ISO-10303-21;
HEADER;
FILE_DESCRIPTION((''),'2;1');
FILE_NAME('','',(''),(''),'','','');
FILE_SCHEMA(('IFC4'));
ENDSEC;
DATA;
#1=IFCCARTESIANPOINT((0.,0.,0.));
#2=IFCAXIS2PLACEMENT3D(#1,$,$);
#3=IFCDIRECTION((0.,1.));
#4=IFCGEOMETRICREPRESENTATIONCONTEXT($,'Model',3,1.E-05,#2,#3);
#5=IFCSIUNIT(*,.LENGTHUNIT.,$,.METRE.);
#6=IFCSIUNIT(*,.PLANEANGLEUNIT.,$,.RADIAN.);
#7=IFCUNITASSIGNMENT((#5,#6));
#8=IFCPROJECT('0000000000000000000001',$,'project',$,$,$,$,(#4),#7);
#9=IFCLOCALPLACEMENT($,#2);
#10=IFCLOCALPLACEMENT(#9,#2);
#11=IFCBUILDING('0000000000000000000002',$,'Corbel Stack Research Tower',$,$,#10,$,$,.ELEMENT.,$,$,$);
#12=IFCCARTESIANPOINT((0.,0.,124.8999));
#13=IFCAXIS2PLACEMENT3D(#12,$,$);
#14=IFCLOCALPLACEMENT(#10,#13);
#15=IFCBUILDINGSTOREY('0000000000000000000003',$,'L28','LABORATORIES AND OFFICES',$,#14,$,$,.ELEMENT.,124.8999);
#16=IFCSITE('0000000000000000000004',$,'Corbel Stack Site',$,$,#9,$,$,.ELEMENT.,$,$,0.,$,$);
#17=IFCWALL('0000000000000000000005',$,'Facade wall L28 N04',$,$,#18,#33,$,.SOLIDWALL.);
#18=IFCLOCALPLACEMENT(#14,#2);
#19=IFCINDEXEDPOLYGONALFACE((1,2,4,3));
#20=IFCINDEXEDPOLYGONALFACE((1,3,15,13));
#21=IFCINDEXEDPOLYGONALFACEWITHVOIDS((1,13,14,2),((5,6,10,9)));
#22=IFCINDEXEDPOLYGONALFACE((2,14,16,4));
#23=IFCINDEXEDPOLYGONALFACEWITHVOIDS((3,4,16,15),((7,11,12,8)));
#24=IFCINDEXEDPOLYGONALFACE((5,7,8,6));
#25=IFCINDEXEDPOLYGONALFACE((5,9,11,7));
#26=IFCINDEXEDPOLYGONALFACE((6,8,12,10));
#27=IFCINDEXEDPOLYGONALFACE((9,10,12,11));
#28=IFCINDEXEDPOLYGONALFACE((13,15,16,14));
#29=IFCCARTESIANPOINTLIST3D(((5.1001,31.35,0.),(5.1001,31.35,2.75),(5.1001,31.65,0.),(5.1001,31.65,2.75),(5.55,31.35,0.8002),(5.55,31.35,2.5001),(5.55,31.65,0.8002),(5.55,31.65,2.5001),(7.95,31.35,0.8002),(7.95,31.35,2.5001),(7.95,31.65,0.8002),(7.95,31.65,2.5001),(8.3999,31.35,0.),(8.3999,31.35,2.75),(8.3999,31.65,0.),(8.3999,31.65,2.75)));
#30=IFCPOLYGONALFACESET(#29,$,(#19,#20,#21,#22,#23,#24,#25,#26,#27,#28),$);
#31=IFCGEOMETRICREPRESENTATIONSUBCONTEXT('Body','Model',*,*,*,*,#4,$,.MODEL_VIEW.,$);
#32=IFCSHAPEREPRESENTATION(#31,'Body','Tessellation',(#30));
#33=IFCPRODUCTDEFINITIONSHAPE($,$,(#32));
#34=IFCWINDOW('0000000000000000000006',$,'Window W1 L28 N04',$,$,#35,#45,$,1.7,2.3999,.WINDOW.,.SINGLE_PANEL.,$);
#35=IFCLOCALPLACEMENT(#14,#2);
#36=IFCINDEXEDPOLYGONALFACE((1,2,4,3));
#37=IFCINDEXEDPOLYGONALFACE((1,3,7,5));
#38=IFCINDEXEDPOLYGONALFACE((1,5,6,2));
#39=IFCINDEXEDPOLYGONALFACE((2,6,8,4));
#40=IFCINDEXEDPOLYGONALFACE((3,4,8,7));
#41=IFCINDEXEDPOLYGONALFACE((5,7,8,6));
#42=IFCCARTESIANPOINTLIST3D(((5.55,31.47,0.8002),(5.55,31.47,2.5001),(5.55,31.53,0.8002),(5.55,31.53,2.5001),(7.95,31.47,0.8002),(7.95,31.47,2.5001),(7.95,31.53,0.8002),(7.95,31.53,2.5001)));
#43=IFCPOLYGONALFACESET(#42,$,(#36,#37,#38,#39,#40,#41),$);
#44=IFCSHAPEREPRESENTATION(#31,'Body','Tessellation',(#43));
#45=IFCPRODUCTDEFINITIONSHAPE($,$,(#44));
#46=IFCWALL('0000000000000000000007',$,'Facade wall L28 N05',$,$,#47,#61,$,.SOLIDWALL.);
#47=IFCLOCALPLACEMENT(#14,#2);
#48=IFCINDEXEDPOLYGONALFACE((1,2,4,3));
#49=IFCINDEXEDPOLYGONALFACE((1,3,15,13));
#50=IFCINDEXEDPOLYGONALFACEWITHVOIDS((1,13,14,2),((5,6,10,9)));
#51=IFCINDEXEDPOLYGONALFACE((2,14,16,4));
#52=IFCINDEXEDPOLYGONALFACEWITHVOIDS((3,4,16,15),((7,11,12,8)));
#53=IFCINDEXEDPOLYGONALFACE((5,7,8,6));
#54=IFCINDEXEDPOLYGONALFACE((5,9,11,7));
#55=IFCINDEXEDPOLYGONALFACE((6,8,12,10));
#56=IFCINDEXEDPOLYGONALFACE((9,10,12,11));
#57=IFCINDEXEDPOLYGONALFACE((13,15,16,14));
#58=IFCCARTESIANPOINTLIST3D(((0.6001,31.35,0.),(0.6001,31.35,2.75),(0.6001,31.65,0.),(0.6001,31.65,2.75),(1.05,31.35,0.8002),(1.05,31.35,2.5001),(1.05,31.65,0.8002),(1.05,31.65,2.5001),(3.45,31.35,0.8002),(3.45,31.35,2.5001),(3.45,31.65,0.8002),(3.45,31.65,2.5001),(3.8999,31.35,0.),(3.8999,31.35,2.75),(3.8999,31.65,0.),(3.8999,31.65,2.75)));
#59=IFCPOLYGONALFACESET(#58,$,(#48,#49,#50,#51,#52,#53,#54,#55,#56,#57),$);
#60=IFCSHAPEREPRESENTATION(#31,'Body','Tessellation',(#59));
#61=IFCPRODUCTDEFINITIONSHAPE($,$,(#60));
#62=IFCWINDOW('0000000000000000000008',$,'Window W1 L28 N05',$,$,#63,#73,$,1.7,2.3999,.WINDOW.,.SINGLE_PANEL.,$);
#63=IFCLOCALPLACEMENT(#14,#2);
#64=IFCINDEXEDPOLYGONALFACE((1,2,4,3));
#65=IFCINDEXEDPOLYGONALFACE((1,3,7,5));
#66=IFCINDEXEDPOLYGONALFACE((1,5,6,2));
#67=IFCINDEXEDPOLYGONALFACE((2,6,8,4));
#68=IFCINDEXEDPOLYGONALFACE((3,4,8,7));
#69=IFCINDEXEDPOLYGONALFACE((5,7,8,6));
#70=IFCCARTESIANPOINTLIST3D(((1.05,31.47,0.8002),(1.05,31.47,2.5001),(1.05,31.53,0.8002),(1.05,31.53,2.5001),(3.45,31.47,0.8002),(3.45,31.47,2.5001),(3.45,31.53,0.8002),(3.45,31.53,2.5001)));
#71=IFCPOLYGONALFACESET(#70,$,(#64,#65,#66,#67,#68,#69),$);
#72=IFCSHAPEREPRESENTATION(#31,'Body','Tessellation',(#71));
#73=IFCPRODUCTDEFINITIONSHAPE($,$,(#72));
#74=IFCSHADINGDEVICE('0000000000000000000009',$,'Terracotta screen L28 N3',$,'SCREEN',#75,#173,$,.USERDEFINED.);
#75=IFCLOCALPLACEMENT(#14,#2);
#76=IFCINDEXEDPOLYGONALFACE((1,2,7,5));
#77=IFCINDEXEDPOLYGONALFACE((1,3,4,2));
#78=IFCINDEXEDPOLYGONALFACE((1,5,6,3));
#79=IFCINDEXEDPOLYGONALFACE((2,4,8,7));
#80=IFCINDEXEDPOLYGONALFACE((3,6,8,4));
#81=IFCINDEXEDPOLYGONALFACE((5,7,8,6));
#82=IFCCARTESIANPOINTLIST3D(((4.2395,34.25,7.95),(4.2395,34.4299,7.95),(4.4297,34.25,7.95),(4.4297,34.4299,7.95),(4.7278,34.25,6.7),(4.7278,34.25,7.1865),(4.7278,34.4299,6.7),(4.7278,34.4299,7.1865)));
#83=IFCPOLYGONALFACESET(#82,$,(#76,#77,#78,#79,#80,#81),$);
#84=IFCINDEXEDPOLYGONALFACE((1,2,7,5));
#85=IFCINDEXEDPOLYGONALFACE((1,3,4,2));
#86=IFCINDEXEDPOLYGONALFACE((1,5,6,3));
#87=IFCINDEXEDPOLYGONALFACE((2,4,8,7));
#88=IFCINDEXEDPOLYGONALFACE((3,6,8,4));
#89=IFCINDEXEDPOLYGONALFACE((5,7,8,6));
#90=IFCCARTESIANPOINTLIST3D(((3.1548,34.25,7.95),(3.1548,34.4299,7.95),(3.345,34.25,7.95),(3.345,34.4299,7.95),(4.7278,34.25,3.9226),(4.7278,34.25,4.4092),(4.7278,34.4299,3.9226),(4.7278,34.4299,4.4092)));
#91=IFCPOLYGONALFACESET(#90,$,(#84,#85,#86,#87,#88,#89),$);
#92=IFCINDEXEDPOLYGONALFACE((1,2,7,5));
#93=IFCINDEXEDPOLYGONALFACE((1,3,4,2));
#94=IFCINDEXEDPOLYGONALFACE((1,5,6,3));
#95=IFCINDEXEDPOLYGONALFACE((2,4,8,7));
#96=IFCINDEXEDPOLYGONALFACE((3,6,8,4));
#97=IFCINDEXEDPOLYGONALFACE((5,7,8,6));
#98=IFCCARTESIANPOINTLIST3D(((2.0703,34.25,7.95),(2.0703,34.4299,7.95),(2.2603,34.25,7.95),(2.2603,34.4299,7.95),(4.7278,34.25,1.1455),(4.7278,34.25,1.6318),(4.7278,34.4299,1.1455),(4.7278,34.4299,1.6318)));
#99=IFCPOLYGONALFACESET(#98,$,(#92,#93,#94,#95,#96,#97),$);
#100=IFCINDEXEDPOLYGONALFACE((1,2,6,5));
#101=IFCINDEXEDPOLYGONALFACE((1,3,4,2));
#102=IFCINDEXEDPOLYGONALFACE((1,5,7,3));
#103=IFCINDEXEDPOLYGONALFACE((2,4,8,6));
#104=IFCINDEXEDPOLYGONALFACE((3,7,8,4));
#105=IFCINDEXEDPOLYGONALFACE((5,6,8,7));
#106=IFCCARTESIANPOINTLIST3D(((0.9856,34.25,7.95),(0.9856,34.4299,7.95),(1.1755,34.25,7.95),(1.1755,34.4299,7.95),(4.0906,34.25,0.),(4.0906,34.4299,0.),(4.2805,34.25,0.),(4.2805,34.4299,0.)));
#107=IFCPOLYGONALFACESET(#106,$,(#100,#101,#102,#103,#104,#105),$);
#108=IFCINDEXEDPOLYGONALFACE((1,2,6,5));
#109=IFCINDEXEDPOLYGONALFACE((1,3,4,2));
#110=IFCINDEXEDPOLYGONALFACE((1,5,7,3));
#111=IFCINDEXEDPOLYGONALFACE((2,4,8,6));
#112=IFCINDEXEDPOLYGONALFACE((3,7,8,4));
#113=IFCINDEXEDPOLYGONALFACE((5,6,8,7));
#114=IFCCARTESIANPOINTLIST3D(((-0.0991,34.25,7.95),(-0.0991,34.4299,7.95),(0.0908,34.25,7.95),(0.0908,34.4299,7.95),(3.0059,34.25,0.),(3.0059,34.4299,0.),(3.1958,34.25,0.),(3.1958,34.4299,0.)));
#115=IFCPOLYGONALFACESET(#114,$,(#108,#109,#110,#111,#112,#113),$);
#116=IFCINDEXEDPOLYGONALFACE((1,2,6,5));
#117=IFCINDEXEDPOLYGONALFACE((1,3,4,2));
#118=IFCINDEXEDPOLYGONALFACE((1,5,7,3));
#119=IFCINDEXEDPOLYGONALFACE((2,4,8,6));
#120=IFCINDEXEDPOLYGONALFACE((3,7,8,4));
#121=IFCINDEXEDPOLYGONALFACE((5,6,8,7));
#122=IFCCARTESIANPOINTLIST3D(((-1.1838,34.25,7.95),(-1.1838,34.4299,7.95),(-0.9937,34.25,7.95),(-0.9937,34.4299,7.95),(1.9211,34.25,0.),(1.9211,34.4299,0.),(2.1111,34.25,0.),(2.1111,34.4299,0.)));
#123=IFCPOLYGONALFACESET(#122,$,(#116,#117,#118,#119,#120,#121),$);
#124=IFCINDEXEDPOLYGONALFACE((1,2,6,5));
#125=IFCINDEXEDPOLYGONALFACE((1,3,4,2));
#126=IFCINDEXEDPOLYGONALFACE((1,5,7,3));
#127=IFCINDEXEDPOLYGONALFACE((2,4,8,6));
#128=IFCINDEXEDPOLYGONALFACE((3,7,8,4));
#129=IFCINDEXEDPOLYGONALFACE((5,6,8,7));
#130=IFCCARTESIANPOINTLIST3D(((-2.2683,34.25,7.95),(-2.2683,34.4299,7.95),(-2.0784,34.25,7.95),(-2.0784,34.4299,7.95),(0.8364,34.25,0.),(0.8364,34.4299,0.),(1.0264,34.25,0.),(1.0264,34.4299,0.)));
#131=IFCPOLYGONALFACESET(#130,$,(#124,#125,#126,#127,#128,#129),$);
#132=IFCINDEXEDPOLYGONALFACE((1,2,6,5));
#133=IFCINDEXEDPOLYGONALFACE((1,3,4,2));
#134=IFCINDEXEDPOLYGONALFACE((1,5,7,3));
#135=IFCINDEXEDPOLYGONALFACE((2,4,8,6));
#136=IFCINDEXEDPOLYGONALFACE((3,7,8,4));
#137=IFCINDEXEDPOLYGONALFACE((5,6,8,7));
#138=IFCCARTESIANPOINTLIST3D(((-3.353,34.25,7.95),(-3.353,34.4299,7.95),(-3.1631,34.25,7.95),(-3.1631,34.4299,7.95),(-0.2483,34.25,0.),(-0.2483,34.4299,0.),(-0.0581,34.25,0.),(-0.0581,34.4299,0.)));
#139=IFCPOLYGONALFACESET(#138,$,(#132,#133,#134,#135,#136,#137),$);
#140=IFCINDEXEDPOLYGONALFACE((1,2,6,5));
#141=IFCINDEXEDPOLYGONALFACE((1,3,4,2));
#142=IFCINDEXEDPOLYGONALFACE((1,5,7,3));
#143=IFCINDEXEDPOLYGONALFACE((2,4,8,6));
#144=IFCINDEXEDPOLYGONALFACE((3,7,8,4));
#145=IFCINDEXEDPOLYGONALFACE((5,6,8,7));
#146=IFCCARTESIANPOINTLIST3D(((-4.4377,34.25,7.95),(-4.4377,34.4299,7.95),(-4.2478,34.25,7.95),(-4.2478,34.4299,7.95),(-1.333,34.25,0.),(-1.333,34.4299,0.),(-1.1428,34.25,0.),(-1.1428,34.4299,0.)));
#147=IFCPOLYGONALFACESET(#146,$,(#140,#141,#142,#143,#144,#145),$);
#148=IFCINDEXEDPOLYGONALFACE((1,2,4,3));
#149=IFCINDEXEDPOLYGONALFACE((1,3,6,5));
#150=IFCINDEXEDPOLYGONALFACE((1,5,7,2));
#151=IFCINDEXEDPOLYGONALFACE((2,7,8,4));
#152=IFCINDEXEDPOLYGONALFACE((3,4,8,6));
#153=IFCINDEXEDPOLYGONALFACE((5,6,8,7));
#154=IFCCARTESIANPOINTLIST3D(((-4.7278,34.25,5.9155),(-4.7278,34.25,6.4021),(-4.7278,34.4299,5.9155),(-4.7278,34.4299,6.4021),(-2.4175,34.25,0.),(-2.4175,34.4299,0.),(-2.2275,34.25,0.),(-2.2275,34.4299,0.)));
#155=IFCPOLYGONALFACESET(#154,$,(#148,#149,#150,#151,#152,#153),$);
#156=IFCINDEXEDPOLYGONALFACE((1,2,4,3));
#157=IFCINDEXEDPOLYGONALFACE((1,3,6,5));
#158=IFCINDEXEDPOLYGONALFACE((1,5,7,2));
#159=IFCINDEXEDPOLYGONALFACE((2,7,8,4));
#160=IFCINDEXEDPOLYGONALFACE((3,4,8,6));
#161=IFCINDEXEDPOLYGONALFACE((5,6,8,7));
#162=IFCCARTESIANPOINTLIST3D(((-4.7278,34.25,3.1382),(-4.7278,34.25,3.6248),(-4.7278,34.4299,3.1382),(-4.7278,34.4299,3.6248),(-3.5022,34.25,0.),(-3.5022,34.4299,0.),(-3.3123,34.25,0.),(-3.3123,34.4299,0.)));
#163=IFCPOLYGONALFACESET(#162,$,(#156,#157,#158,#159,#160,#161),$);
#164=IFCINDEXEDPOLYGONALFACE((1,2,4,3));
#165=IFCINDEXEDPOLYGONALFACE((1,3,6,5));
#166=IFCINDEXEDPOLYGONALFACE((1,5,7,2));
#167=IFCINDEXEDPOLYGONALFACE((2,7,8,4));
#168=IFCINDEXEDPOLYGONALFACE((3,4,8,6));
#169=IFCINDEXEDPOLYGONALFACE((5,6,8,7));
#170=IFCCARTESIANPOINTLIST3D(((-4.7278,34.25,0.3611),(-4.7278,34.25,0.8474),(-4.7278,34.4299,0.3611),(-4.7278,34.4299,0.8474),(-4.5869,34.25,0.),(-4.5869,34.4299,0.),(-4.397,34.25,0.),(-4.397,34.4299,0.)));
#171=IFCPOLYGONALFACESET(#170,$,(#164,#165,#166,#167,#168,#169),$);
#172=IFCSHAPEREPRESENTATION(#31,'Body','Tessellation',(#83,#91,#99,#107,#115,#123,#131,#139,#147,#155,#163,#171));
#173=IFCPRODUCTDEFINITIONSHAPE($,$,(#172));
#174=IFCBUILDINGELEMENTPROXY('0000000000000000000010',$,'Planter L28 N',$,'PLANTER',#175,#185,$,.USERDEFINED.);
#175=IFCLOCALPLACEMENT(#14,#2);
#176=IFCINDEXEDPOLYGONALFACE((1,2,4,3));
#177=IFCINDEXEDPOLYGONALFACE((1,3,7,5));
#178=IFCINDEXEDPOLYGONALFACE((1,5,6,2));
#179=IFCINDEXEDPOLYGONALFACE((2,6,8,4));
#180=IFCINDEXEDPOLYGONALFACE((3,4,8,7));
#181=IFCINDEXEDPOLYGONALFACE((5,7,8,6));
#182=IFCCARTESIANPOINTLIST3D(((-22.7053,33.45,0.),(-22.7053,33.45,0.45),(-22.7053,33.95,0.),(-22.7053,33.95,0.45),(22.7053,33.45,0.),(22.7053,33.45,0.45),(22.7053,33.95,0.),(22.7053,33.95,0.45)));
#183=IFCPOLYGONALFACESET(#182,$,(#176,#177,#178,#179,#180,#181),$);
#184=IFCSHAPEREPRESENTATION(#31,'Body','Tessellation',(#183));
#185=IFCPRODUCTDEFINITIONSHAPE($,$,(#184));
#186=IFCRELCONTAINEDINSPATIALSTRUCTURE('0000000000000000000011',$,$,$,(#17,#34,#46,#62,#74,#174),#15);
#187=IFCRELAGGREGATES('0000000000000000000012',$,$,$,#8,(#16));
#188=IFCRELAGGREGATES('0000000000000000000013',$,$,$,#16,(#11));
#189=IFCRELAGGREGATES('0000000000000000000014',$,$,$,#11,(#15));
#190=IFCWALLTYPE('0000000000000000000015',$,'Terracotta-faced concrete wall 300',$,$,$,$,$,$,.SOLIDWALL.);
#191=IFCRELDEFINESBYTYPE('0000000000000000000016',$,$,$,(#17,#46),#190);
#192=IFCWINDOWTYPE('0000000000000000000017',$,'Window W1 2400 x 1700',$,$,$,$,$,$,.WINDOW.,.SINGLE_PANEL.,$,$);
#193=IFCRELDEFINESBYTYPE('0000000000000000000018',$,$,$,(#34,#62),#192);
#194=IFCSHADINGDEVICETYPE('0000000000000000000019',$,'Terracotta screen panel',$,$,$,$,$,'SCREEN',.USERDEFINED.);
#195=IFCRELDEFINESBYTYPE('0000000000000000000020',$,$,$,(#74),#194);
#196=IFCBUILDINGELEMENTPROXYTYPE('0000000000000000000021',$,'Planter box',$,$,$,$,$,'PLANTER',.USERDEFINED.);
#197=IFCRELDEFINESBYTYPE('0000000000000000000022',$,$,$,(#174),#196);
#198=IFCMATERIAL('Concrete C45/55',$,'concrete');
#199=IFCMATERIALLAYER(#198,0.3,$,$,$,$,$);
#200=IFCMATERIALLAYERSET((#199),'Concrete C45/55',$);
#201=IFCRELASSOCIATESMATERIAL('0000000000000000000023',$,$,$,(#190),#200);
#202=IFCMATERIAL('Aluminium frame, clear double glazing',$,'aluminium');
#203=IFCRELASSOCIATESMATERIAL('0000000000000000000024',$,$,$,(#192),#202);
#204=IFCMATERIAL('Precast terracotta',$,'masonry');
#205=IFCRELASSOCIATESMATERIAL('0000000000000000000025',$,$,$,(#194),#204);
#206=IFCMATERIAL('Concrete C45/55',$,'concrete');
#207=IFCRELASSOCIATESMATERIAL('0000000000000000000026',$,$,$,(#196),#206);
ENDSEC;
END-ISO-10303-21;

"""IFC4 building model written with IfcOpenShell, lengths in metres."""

from ifc_helpers import new_model, si_unit, direction, frame, frame_2d, origin, origin_2d, place, context, subcontext, project, spatial, polyline, rectangle, outline, extrude, source, transform, mapped, material, layer, layer_set, type_object, element, fill, save


model = new_model("IFC4")

# Units and contexts
model_context = context("Model", 3, precision=1e-05, world=origin(), true_north=direction((0.0, 1.0)))
body_context = subcontext(model_context, "Body", "Model", "MODEL_VIEW")
ifc_project = project(units=[si_unit("LENGTHUNIT", "METRE"), si_unit("PLANEANGLEUNIT", "RADIAN")], contexts=[model_context])

# Site, building, storey
site_placement = place(None, origin())
site = spatial("IfcSite", under=ifc_project, at=site_placement, Name="Corbel Stack Site", CompositionType="ELEMENT", RefElevation=0.0)
building_placement = place(site_placement, origin())
building = spatial("IfcBuilding", under=site, at=building_placement, Name="Corbel Stack Research Tower", CompositionType="ELEMENT")
storey_placement = place(building_placement, frame((0.0, 0.0, 124.8999)))
storey = spatial("IfcBuildingStorey", under=building, at=storey_placement, Name="L28", Description="LABORATORIES AND OFFICES", CompositionType="ELEMENT", Elevation=124.8999)

# Walls, openings, windows
ifc_material_1 = material(Name="Concrete C45/55", Category="concrete")
ifc_layer_1 = layer(ifc_material_1, 0.3)
ifc_layer_set_1 = layer_set([ifc_layer_1], Name="Concrete C45/55")
wall_type_1 = type_object("IfcWallType", Name="Terracotta-faced concrete wall 300", PredefinedType="SOLIDWALL", material=ifc_layer_set_1)
wall_1_placement = place(storey_placement, frame((5.1001, 31.5, 0.0), z_axis=(0.0, 0.0, 1.0), x_axis=(1.0, 0.0, 0.0)))
wall_1 = element("IfcWall", 1, at=wall_1_placement, inside=storey, type_object=wall_type_1, Name="Facade wall L28 N04", PredefinedType="SOLIDWALL", context=body_context, shape_type="SweptSolid", body=[
    extrude(rectangle(XDim=3.2998, YDim=0.3, at=frame_2d((1.6499, 0.0))), origin(), (0.0, 0.0, 1.0), 2.75),
])
opening_1_placement = place(wall_1_placement, frame((0.45, 0.0, 0.8)))
opening_1 = element("IfcOpeningElement", 2, at=opening_1_placement, cuts=wall_1, PredefinedType="OPENING", context=body_context, shape_type="SweptSolid", body=[
    extrude(rectangle(XDim=2.3999, YDim=1.7, at=frame_2d((1.2, 0.8501))), frame((0.0, 0.1599, 0.0), z_axis=(0.0, -1.0, 0.0), x_axis=(1.0, 0.0, 0.0)), (0.0, 0.0, 1.0), 0.3201),
])
ifc_material_2 = material(Name="Aluminium frame, clear double glazing", Category="aluminium")
window_type = type_object("IfcWindowType", Name="Window W1 2400 x 1700", PartitioningType="SINGLE_PANEL", PredefinedType="WINDOW", material=ifc_material_2)
window_1_placement = place(opening_1_placement, origin())
window_1 = element("IfcWindow", 3, at=window_1_placement, inside=storey, type_object=window_type, Name="Window W1 L28 N04", OverallHeight=1.7, OverallWidth=2.3999, PartitioningType="SINGLE_PANEL", PredefinedType="WINDOW", context=body_context, shape_type="SweptSolid", body=[
    extrude(rectangle(XDim=2.3999, YDim=1.7, at=frame_2d((1.2, 0.8501))), frame((0.0, 0.03, 0.0), z_axis=(0.0, -1.0, 0.0), x_axis=(1.0, 0.0, 0.0)), (0.0, 0.0, 1.0), 0.0601),
])
fill(opening_1, window_1)
wall_2_placement = place(storey_placement, frame((0.6001, 31.5, 0.0), z_axis=(0.0, 0.0, 1.0), x_axis=(1.0, 0.0, 0.0)))
wall_2 = element("IfcWall", 4, at=wall_2_placement, inside=storey, type_object=wall_type_1, Name="Facade wall L28 N05", PredefinedType="SOLIDWALL", context=body_context, shape_type="SweptSolid", body=[
    extrude(rectangle(XDim=3.2998, YDim=0.3, at=frame_2d((1.6499, 0.0))), origin(), (0.0, 0.0, 1.0), 2.75),
])
opening_2_placement = place(wall_2_placement, frame((0.45, 0.0, 0.8)))
opening_2 = element("IfcOpeningElement", 5, at=opening_2_placement, cuts=wall_2, PredefinedType="OPENING", context=body_context, shape_type="SweptSolid", body=[
    extrude(rectangle(XDim=2.3999, YDim=1.7, at=frame_2d((1.2, 0.8501))), frame((0.0, 0.1599, 0.0), z_axis=(0.0, -1.0, 0.0), x_axis=(1.0, 0.0, 0.0)), (0.0, 0.0, 1.0), 0.3201),
])
window_2_placement = place(opening_2_placement, origin())
window_2 = element("IfcWindow", 6, at=window_2_placement, inside=storey, type_object=window_type, Name="Window W1 L28 N05", OverallHeight=1.7, OverallWidth=2.3999, PartitioningType="SINGLE_PANEL", PredefinedType="WINDOW", context=body_context, shape_type="SweptSolid", body=[
    extrude(rectangle(XDim=2.3999, YDim=1.7, at=frame_2d((1.2, 0.8501))), frame((0.0, 0.03, 0.0), z_axis=(0.0, -1.0, 0.0), x_axis=(1.0, 0.0, 0.0)), (0.0, 0.0, 1.0), 0.0601),
])
fill(opening_2, window_2)

# Shading device
ifc_material_3 = material(Name="Precast terracotta", Category="masonry")
shading_device_type = type_object("IfcShadingDeviceType", Name="Terracotta screen panel", ElementType="SCREEN", PredefinedType="USERDEFINED", material=ifc_material_3)
shared_shape = source(origin(), body_context, "Body", "SweptSolid", [
    extrude(outline(polyline([(0.4883, 7.95), (0.2981, 7.95), (0.0, 7.1865), (0.0, 6.7), (0.4883, 7.95)])), frame((0.0, 0.0, 0.0), z_axis=(0.0, -1.0, 0.0), x_axis=(1.0, 0.0, 0.0)), (0.0, 0.0, 1.0), 0.1799),
    extrude(outline(polyline([(1.573, 7.95), (1.3828, 7.95), (0.0, 4.4092), (0.0, 3.9226), (1.573, 7.95)])), frame((0.0, 0.0, 0.0), z_axis=(0.0, -1.0, 0.0), x_axis=(1.0, 0.0, 0.0)), (0.0, 0.0, 1.0), 0.1799),
    extrude(outline(polyline([(2.6575, 7.95), (2.4675, 7.95), (0.0, 1.6318), (0.0, 1.1455), (2.6575, 7.95)])), frame((0.0, 0.0, 0.0), z_axis=(0.0, -1.0, 0.0), x_axis=(1.0, 0.0, 0.0)), (0.0, 0.0, 1.0), 0.1799),
    extrude(outline(polyline([(0.6372, 0.0), (3.7422, 7.95), (3.5522, 7.95), (0.4473, 0.0), (0.6372, 0.0)])), frame((0.0, 0.0, 0.0), z_axis=(0.0, -1.0, 0.0), x_axis=(1.0, 0.0, 0.0)), (0.0, 0.0, 1.0), 0.1799),
    extrude(outline(polyline([(1.7219, 0.0), (4.8269, 7.95), (4.637, 7.95), (1.532, 0.0), (1.7219, 0.0)])), frame((0.0, 0.0, 0.0), z_axis=(0.0, -1.0, 0.0), x_axis=(1.0, 0.0, 0.0)), (0.0, 0.0, 1.0), 0.1799),
    extrude(outline(polyline([(2.8066, 0.0), (5.9116, 7.95), (5.7214, 7.95), (2.6167, 0.0), (2.8066, 0.0)])), frame((0.0, 0.0, 0.0), z_axis=(0.0, -1.0, 0.0), x_axis=(1.0, 0.0, 0.0)), (0.0, 0.0, 1.0), 0.1799),
    extrude(outline(polyline([(3.8914, 0.0), (6.9961, 7.95), (6.8062, 7.95), (3.7014, 0.0), (3.8914, 0.0)])), frame((0.0, 0.0, 0.0), z_axis=(0.0, -1.0, 0.0), x_axis=(1.0, 0.0, 0.0)), (0.0, 0.0, 1.0), 0.1799),
    extrude(outline(polyline([(4.9761, 0.0), (8.0808, 7.95), (7.8909, 7.95), (4.7859, 0.0), (4.9761, 0.0)])), frame((0.0, 0.0, 0.0), z_axis=(0.0, -1.0, 0.0), x_axis=(1.0, 0.0, 0.0)), (0.0, 0.0, 1.0), 0.1799),
    extrude(outline(polyline([(6.0608, 0.0), (9.1655, 7.95), (8.9756, 7.95), (5.8706, 0.0), (6.0608, 0.0)])), frame((0.0, 0.0, 0.0), z_axis=(0.0, -1.0, 0.0), x_axis=(1.0, 0.0, 0.0)), (0.0, 0.0, 1.0), 0.1799),
    extrude(outline(polyline([(7.1453, 0.0), (9.4556, 5.9155), (9.4556, 6.4021), (6.9553, 0.0), (7.1453, 0.0)])), frame((0.0, 0.0, 0.0), z_axis=(0.0, -1.0, 0.0), x_axis=(1.0, 0.0, 0.0)), (0.0, 0.0, 1.0), 0.1799),
    extrude(outline(polyline([(8.23, 0.0), (9.4556, 3.1382), (9.4556, 3.6248), (8.04, 0.0), (8.23, 0.0)])), frame((0.0, 0.0, 0.0), z_axis=(0.0, -1.0, 0.0), x_axis=(1.0, 0.0, 0.0)), (0.0, 0.0, 1.0), 0.1799),
    extrude(outline(polyline([(9.3147, 0.0), (9.4556, 0.3611), (9.4556, 0.8474), (9.1248, 0.0), (9.3147, 0.0)])), frame((0.0, 0.0, 0.0), z_axis=(0.0, -1.0, 0.0), x_axis=(1.0, 0.0, 0.0)), (0.0, 0.0, 1.0), 0.1799),
])
shading_device_placement = place(storey_placement, frame((4.7278, 34.25, 0.0), z_axis=(0.0, 0.0, 1.0), x_axis=(-1.0, 0.0, 0.0)))
element("IfcShadingDevice", 7, at=shading_device_placement, inside=storey, type_object=shading_device_type, Name="Terracotta screen L28 N3", ObjectType="SCREEN", PredefinedType="USERDEFINED", context=body_context, shape_type="MappedRepresentation", body=[
    mapped(shared_shape, transform((0.0, 0.0, 0.0))),
])

# Building element proxy
ifc_material_4 = material(Name="Concrete C45/55", Category="concrete")
building_element_proxy_type = type_object("IfcBuildingElementProxyType", Name="Planter box", ElementType="PLANTER", PredefinedType="USERDEFINED", material=ifc_material_4)
proxy_placement = place(storey_placement, frame((0.0, 33.7, 0.0), z_axis=(0.0, 0.0, 1.0), x_axis=(-1.0, 0.0, 0.0)))
element("IfcBuildingElementProxy", 8, at=proxy_placement, inside=storey, type_object=building_element_proxy_type, Name="Planter L28 N", ObjectType="PLANTER", PredefinedType="USERDEFINED", context=body_context, shape_type="SweptSolid", body=[
    extrude(rectangle(XDim=45.4106, YDim=0.5, at=origin_2d()), origin(), (0.0, 0.0, 1.0), 0.45),
])

save(model, "model.ifc")
